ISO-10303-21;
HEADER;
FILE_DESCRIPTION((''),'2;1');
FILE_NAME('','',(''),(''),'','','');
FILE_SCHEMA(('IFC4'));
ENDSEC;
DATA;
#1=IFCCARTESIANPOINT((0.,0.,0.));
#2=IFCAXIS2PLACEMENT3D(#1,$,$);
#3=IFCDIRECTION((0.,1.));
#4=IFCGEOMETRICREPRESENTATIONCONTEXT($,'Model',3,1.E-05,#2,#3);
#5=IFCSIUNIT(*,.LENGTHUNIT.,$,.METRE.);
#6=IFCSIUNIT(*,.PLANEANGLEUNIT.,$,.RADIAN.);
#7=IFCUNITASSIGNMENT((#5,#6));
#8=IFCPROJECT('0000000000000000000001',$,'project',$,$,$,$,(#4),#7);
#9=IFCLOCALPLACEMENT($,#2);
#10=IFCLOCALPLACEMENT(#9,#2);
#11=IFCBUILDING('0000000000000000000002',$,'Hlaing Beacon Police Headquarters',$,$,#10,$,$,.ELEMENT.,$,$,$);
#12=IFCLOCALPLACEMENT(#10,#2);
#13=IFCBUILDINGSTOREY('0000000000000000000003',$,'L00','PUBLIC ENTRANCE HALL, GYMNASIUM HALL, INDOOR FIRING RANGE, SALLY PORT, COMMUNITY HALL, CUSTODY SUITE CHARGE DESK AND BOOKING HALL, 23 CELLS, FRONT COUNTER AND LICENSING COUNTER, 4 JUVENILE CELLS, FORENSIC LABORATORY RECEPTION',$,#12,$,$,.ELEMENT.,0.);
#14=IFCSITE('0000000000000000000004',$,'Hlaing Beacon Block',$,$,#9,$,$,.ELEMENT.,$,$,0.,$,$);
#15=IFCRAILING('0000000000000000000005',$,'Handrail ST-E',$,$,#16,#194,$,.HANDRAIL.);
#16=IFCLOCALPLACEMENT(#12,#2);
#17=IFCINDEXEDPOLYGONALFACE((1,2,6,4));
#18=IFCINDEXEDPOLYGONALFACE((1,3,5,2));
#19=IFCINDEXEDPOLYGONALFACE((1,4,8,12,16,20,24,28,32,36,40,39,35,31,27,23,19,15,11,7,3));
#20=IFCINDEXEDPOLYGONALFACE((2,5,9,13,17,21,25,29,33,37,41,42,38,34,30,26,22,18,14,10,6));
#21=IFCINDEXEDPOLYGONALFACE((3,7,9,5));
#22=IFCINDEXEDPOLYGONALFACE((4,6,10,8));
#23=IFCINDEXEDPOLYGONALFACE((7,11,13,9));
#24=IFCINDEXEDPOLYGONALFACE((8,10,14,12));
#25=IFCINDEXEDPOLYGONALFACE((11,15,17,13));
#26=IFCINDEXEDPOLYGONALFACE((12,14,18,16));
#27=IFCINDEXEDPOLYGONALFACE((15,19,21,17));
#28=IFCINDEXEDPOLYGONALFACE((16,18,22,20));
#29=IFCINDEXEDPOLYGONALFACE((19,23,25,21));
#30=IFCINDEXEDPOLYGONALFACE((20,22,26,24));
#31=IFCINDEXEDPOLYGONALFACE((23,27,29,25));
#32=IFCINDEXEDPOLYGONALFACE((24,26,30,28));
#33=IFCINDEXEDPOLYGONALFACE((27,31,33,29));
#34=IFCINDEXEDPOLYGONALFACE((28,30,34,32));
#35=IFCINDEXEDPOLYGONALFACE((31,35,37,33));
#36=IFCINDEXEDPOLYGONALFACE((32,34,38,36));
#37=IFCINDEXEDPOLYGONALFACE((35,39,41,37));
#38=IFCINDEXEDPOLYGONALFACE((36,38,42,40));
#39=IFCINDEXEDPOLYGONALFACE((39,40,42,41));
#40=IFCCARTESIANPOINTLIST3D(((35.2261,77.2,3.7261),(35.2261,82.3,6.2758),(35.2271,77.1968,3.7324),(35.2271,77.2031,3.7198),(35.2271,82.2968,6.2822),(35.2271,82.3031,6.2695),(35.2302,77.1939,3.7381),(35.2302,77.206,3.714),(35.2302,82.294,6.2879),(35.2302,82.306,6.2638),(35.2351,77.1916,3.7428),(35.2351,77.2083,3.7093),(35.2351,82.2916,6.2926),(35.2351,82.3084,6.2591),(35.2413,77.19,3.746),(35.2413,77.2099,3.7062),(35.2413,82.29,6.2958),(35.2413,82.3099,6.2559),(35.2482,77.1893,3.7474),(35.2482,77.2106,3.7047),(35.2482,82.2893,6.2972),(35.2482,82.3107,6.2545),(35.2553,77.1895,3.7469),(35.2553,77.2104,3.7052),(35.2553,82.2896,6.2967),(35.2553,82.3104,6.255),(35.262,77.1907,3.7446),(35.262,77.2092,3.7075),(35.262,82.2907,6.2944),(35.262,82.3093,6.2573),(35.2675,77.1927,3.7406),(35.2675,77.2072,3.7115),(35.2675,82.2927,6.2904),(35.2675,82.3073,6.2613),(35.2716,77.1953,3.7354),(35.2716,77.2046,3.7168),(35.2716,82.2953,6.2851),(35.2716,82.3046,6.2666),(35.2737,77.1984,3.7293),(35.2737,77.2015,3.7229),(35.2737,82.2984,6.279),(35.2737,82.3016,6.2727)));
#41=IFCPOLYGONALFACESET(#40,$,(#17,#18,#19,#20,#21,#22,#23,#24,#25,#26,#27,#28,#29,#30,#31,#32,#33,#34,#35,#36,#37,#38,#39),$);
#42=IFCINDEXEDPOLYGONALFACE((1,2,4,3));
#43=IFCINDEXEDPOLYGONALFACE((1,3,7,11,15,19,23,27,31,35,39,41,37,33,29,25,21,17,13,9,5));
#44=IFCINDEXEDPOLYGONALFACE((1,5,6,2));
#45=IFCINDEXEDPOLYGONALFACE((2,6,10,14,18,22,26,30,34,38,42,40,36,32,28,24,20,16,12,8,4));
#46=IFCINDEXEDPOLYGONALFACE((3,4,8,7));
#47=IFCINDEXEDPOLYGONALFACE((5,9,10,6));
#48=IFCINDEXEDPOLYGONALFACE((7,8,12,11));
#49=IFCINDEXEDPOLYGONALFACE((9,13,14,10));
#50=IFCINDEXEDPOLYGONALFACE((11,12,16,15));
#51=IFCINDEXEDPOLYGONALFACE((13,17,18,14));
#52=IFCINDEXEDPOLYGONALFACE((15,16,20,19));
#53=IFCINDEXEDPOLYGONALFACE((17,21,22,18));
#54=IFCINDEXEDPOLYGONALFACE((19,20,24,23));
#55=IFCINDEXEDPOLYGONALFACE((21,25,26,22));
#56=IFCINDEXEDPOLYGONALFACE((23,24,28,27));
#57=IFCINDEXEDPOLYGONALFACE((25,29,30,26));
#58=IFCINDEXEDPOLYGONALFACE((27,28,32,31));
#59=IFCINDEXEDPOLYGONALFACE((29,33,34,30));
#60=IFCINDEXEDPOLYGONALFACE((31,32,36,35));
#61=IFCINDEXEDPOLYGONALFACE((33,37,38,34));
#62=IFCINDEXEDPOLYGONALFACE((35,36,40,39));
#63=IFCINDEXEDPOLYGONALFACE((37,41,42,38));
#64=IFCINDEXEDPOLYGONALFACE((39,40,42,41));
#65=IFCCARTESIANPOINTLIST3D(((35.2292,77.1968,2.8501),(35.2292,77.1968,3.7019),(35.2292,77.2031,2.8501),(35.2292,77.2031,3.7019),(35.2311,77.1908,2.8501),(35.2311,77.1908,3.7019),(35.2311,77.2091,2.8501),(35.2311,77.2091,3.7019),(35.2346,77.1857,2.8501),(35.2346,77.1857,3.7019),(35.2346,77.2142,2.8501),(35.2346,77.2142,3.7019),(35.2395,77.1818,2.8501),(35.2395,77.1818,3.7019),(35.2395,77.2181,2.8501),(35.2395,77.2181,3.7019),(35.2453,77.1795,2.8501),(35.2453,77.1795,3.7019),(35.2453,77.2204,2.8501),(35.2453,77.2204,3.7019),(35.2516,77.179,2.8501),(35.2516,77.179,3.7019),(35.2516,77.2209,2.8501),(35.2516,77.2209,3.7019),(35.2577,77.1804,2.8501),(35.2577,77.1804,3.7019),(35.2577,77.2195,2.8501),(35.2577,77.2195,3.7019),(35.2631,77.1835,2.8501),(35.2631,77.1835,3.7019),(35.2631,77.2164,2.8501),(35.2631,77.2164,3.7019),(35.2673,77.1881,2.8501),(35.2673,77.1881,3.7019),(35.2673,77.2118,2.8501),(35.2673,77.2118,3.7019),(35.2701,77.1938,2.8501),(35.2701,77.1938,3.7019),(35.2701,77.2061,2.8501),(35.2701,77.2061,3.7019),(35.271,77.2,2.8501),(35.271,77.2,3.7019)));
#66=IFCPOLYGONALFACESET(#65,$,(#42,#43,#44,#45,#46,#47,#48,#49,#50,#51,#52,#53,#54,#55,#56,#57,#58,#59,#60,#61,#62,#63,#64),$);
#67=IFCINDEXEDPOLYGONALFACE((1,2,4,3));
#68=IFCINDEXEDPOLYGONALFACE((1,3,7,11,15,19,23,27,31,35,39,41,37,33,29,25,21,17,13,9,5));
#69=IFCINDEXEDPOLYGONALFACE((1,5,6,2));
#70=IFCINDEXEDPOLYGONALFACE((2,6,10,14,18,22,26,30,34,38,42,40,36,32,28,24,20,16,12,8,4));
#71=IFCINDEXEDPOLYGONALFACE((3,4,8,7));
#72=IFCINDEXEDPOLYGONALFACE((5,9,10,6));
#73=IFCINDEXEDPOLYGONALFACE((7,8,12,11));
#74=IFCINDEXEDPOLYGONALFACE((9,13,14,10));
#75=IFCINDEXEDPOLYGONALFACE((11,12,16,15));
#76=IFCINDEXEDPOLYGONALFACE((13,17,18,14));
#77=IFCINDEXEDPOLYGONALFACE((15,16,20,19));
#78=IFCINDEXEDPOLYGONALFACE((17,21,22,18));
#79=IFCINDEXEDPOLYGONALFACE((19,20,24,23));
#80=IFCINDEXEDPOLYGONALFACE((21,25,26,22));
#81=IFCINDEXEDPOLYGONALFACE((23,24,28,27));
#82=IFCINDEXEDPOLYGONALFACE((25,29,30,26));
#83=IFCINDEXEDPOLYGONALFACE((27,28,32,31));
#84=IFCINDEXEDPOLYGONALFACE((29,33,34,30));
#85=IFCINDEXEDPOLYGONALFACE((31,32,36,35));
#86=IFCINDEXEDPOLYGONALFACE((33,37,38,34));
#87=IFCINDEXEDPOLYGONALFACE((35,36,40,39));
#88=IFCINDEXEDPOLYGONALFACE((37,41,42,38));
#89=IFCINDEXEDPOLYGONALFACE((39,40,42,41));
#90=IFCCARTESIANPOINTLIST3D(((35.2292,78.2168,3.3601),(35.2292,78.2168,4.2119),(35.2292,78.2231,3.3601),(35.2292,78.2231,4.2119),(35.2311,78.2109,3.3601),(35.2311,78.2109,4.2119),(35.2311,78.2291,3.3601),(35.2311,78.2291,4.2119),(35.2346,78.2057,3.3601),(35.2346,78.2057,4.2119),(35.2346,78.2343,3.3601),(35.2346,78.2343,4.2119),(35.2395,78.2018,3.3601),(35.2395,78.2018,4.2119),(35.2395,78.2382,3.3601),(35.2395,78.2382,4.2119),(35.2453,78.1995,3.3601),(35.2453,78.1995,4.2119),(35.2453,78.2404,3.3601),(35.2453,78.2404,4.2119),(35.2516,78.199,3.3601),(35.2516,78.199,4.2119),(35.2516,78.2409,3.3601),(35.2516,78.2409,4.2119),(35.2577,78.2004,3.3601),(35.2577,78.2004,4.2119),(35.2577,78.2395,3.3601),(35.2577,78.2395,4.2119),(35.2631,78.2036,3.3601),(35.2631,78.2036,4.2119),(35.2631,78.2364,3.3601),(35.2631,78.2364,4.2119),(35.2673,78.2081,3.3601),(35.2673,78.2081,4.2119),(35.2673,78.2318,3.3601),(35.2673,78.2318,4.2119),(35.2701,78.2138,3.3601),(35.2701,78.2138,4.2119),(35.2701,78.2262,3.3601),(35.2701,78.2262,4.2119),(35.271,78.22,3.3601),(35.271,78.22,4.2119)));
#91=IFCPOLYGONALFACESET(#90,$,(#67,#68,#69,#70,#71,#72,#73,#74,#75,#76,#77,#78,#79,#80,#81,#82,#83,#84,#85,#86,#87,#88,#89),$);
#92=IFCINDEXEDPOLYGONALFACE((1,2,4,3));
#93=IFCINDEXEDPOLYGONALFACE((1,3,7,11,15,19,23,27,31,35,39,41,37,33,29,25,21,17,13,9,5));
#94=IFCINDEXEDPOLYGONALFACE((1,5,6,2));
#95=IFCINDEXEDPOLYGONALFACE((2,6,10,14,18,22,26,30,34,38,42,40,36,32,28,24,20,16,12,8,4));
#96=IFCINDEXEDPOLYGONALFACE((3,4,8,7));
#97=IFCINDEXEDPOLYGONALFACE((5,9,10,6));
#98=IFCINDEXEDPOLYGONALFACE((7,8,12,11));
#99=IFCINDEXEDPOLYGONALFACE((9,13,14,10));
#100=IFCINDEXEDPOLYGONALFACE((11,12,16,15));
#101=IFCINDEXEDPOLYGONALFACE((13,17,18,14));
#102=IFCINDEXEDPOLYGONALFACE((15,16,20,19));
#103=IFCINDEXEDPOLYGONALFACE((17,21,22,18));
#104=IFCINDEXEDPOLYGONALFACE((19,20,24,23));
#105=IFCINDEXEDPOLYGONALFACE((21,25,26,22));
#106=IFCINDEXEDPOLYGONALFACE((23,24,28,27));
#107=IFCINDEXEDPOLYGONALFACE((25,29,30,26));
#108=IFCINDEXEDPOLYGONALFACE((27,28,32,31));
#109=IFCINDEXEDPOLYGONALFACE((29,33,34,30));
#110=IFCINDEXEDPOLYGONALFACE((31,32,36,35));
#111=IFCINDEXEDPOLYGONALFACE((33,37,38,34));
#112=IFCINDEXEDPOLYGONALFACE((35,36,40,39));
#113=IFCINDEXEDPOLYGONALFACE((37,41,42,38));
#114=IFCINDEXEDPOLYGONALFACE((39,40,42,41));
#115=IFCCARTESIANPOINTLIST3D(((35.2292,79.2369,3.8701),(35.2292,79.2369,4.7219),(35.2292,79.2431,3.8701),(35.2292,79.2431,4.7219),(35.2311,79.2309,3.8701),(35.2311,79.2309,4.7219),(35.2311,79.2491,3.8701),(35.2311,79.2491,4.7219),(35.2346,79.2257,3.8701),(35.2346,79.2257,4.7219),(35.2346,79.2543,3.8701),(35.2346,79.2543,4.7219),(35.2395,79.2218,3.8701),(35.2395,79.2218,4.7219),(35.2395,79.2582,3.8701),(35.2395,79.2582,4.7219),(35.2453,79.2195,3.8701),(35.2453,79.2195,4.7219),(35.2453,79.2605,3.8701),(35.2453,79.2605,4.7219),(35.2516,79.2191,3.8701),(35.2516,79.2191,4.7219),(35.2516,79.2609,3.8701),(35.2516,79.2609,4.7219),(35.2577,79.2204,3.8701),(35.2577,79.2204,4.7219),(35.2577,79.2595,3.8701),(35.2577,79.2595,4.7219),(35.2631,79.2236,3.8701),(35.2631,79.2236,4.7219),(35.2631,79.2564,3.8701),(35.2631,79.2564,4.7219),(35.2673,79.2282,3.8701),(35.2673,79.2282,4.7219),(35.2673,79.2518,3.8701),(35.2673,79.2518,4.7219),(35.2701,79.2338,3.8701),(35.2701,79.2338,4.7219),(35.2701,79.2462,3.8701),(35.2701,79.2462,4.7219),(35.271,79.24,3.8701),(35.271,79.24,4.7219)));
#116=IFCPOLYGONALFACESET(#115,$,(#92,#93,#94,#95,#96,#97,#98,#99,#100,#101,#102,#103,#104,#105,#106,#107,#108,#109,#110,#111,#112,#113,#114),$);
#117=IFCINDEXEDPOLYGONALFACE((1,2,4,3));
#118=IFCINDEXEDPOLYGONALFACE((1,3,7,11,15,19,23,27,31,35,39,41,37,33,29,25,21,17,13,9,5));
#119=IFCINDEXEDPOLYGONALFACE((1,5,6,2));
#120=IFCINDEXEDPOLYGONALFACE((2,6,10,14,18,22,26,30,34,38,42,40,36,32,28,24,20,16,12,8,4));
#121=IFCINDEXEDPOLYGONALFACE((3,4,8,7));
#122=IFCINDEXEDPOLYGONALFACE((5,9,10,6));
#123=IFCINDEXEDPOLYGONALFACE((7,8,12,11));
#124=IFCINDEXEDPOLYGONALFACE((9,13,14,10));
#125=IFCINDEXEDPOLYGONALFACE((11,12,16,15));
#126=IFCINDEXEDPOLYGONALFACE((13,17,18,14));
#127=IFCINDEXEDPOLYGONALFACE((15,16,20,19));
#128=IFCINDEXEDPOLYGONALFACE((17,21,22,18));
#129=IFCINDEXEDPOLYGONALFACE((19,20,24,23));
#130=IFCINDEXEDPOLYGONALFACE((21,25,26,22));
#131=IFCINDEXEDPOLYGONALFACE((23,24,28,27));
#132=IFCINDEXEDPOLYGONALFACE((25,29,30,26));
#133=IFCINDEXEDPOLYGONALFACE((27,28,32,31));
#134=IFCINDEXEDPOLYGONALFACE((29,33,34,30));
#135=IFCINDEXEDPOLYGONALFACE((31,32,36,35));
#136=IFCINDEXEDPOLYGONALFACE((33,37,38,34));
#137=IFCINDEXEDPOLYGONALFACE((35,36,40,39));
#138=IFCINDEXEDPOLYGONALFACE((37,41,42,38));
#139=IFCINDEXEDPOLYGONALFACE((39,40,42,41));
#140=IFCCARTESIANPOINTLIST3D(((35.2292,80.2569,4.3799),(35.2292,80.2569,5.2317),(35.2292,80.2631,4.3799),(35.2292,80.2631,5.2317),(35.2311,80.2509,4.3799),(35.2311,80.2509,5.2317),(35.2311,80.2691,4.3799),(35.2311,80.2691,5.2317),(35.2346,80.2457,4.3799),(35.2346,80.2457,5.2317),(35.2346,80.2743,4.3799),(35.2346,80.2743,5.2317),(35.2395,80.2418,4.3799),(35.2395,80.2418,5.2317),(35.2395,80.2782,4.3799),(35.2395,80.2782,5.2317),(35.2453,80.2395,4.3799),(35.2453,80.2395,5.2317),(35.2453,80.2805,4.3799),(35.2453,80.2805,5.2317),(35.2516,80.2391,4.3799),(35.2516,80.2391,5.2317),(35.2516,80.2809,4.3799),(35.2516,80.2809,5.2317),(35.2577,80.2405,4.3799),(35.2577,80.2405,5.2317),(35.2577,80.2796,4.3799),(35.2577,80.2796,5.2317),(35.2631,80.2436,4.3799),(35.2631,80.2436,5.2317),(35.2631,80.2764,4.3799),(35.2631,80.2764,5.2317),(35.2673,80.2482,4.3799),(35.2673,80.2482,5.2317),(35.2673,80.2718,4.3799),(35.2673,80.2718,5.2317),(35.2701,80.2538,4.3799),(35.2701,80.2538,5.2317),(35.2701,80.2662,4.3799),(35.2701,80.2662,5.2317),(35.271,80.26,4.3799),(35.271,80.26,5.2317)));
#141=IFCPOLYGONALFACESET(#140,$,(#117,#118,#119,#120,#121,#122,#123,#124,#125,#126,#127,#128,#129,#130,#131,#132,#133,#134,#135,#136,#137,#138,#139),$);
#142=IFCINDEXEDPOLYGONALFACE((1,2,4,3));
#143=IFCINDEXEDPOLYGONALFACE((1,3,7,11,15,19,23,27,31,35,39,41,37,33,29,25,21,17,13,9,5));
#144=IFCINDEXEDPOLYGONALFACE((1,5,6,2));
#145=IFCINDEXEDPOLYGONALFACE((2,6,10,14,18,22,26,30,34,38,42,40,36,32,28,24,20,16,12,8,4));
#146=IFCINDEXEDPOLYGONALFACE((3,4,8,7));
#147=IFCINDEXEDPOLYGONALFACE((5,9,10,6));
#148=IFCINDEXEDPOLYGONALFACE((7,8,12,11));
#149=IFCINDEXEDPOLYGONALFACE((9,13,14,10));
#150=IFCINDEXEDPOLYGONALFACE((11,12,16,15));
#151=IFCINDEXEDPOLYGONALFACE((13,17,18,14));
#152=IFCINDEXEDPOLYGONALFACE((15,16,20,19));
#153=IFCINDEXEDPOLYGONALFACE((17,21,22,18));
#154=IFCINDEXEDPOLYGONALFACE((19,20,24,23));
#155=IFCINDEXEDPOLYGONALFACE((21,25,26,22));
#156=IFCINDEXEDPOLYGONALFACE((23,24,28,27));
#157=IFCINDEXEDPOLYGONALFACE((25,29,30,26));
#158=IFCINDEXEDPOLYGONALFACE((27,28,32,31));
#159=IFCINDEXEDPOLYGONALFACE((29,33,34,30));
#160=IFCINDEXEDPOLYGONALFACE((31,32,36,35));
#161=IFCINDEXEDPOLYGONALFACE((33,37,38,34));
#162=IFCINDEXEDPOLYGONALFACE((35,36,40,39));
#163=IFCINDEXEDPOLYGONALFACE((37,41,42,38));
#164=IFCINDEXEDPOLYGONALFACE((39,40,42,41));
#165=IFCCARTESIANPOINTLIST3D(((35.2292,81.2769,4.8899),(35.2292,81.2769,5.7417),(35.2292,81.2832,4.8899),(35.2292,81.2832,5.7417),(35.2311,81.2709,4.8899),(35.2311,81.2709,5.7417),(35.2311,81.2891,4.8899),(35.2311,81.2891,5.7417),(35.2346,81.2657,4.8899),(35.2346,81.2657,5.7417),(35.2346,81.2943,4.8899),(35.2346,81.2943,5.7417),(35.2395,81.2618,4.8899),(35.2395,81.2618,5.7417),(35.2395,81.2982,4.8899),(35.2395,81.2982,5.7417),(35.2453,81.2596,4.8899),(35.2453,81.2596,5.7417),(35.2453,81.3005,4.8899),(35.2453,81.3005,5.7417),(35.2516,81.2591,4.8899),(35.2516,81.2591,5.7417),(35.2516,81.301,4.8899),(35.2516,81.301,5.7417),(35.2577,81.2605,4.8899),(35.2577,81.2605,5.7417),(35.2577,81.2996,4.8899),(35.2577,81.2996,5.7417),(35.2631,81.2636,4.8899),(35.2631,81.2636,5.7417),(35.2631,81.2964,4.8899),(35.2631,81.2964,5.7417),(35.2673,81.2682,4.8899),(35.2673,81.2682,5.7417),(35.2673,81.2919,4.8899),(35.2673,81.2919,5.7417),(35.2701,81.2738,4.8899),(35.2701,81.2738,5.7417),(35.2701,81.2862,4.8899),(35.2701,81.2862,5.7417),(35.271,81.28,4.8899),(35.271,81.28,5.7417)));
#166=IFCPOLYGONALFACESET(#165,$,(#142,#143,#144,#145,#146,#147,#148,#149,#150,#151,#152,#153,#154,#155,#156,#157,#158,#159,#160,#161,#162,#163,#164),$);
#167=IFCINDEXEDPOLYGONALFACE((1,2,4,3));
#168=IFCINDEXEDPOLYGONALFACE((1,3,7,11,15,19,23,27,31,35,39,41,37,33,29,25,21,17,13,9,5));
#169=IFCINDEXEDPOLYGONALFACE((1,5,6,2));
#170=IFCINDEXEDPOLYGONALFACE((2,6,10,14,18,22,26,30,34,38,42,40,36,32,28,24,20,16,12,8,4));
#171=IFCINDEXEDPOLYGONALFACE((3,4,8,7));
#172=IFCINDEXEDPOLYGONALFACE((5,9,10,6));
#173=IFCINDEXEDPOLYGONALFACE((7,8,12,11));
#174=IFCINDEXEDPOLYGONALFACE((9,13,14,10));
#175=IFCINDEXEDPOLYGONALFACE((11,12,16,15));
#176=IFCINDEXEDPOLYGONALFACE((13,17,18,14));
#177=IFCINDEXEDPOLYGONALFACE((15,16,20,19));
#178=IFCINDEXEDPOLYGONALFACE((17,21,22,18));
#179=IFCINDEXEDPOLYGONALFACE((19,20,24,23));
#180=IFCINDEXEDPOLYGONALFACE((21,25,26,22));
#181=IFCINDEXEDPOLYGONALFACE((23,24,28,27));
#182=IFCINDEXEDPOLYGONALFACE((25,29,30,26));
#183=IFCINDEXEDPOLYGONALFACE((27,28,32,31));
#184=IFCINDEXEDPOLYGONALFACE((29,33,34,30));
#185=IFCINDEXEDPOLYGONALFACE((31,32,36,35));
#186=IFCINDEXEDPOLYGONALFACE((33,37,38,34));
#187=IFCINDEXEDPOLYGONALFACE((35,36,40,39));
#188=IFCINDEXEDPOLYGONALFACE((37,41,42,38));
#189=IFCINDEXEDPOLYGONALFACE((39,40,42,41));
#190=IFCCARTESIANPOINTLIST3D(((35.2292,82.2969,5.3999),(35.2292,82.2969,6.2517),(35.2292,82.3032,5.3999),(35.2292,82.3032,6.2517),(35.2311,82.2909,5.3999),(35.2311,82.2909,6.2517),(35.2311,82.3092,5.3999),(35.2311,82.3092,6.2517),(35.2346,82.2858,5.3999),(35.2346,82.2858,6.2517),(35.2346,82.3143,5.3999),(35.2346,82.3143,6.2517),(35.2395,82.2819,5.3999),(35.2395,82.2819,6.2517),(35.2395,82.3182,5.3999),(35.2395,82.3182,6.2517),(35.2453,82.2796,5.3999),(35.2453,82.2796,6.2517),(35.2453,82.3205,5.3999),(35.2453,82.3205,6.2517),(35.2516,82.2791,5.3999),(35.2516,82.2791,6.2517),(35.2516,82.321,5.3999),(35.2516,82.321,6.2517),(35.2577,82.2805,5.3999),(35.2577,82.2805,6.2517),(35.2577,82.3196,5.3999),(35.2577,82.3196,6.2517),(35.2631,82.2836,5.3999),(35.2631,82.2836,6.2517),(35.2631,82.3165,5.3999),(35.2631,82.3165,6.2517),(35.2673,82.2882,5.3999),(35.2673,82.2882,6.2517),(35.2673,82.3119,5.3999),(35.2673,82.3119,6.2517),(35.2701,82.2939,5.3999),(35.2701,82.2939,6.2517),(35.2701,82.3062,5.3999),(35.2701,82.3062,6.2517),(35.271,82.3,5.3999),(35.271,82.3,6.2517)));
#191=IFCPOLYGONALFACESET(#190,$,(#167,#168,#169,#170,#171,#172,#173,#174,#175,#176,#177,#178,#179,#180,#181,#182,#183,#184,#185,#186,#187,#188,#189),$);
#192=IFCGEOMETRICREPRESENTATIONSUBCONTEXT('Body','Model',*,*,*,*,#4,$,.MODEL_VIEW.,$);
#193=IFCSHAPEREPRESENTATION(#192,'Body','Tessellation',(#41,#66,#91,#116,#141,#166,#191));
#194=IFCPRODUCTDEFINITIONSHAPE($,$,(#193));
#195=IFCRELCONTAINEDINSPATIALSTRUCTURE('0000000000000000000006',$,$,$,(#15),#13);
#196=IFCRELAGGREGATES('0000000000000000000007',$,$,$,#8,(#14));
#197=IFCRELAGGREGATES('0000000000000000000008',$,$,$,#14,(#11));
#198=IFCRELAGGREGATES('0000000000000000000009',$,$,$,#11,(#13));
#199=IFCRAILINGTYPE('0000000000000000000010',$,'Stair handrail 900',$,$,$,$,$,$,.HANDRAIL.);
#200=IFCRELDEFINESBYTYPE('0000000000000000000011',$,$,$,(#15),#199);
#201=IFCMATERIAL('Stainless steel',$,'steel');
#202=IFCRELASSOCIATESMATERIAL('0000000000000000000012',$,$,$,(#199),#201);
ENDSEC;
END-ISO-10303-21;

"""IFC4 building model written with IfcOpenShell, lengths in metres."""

from ifc_helpers import new_model, si_unit, direction, frame, origin, origin_2d, place, context, subcontext, project, spatial, circle, extrude, material, type_object, element, save


model = new_model("IFC4")

# Units and contexts
model_context = context("Model", 3, precision=1e-05, world=origin(), true_north=direction((0.0, 1.0)))
body_context = subcontext(model_context, "Body", "Model", "MODEL_VIEW")
ifc_project = project(units=[si_unit("LENGTHUNIT", "METRE"), si_unit("PLANEANGLEUNIT", "RADIAN")], contexts=[model_context])

# Site, building, storey
site_placement = place(None, origin())
site = spatial("IfcSite", under=ifc_project, at=site_placement, Name="Hlaing Beacon Block", CompositionType="ELEMENT", RefElevation=0.0)
building_placement = place(site_placement, origin())
building = spatial("IfcBuilding", under=site, at=building_placement, Name="Hlaing Beacon Police Headquarters", CompositionType="ELEMENT")
storey_placement = place(building_placement, origin())
storey = spatial("IfcBuildingStorey", under=building, at=storey_placement, Name="L00", Description="PUBLIC ENTRANCE HALL, GYMNASIUM HALL, INDOOR FIRING RANGE, SALLY PORT, COMMUNITY HALL, CUSTODY SUITE CHARGE DESK AND BOOKING HALL, 23 CELLS, FRONT COUNTER AND LICENSING COUNTER, 4 JUVENILE CELLS, FORENSIC LABORATORY RECEPTION", CompositionType="ELEMENT", Elevation=0.0)

# Railing
ifc_material_1 = material(Name="Stainless steel", Category="steel")
railing_type_1 = type_object("IfcRailingType", Name="Stair handrail 900", PredefinedType="HANDRAIL", material=ifc_material_1)
for number, where, name in (
    (1, (35.25, 77.2, 2.8501), "Handrail ST-E"),
):
    element("IfcRailing", number, at=place(storey_placement, frame(where)), inside=storey, type_object=railing_type_1, Name=name, PredefinedType="HANDRAIL", context=body_context, shape_type="SweptSolid", body=[
        extrude(circle(Radius=0.0239, at=origin_2d()), frame((0.0, 0.0, 0.876), z_axis=(0.0, 0.894444, 0.447179), x_axis=(-1.0, 0.0, 0.0)), (0.0, 0.0, 1.0), 5.7019),
        extrude(circle(Radius=0.021, at=origin_2d()), origin(), (0.0, 0.0, 1.0), 0.8518),
        extrude(circle(Radius=0.021, at=origin_2d()), frame((0.0, 1.02, 0.51)), (0.0, 0.0, 1.0), 0.8518),
        extrude(circle(Radius=0.021, at=origin_2d()), frame((0.0, 2.04, 1.02)), (0.0, 0.0, 1.0), 0.8518),
        extrude(circle(Radius=0.021, at=origin_2d()), frame((0.0, 3.0601, 1.5298)), (0.0, 0.0, 1.0), 0.8518),
        extrude(circle(Radius=0.021, at=origin_2d()), frame((0.0, 4.0801, 2.0398)), (0.0, 0.0, 1.0), 0.8518),
        extrude(circle(Radius=0.021, at=origin_2d()), frame((0.0, 5.1001, 2.5498)), (0.0, 0.0, 1.0), 0.8518),
    ])

save(model, "model.ifc")
